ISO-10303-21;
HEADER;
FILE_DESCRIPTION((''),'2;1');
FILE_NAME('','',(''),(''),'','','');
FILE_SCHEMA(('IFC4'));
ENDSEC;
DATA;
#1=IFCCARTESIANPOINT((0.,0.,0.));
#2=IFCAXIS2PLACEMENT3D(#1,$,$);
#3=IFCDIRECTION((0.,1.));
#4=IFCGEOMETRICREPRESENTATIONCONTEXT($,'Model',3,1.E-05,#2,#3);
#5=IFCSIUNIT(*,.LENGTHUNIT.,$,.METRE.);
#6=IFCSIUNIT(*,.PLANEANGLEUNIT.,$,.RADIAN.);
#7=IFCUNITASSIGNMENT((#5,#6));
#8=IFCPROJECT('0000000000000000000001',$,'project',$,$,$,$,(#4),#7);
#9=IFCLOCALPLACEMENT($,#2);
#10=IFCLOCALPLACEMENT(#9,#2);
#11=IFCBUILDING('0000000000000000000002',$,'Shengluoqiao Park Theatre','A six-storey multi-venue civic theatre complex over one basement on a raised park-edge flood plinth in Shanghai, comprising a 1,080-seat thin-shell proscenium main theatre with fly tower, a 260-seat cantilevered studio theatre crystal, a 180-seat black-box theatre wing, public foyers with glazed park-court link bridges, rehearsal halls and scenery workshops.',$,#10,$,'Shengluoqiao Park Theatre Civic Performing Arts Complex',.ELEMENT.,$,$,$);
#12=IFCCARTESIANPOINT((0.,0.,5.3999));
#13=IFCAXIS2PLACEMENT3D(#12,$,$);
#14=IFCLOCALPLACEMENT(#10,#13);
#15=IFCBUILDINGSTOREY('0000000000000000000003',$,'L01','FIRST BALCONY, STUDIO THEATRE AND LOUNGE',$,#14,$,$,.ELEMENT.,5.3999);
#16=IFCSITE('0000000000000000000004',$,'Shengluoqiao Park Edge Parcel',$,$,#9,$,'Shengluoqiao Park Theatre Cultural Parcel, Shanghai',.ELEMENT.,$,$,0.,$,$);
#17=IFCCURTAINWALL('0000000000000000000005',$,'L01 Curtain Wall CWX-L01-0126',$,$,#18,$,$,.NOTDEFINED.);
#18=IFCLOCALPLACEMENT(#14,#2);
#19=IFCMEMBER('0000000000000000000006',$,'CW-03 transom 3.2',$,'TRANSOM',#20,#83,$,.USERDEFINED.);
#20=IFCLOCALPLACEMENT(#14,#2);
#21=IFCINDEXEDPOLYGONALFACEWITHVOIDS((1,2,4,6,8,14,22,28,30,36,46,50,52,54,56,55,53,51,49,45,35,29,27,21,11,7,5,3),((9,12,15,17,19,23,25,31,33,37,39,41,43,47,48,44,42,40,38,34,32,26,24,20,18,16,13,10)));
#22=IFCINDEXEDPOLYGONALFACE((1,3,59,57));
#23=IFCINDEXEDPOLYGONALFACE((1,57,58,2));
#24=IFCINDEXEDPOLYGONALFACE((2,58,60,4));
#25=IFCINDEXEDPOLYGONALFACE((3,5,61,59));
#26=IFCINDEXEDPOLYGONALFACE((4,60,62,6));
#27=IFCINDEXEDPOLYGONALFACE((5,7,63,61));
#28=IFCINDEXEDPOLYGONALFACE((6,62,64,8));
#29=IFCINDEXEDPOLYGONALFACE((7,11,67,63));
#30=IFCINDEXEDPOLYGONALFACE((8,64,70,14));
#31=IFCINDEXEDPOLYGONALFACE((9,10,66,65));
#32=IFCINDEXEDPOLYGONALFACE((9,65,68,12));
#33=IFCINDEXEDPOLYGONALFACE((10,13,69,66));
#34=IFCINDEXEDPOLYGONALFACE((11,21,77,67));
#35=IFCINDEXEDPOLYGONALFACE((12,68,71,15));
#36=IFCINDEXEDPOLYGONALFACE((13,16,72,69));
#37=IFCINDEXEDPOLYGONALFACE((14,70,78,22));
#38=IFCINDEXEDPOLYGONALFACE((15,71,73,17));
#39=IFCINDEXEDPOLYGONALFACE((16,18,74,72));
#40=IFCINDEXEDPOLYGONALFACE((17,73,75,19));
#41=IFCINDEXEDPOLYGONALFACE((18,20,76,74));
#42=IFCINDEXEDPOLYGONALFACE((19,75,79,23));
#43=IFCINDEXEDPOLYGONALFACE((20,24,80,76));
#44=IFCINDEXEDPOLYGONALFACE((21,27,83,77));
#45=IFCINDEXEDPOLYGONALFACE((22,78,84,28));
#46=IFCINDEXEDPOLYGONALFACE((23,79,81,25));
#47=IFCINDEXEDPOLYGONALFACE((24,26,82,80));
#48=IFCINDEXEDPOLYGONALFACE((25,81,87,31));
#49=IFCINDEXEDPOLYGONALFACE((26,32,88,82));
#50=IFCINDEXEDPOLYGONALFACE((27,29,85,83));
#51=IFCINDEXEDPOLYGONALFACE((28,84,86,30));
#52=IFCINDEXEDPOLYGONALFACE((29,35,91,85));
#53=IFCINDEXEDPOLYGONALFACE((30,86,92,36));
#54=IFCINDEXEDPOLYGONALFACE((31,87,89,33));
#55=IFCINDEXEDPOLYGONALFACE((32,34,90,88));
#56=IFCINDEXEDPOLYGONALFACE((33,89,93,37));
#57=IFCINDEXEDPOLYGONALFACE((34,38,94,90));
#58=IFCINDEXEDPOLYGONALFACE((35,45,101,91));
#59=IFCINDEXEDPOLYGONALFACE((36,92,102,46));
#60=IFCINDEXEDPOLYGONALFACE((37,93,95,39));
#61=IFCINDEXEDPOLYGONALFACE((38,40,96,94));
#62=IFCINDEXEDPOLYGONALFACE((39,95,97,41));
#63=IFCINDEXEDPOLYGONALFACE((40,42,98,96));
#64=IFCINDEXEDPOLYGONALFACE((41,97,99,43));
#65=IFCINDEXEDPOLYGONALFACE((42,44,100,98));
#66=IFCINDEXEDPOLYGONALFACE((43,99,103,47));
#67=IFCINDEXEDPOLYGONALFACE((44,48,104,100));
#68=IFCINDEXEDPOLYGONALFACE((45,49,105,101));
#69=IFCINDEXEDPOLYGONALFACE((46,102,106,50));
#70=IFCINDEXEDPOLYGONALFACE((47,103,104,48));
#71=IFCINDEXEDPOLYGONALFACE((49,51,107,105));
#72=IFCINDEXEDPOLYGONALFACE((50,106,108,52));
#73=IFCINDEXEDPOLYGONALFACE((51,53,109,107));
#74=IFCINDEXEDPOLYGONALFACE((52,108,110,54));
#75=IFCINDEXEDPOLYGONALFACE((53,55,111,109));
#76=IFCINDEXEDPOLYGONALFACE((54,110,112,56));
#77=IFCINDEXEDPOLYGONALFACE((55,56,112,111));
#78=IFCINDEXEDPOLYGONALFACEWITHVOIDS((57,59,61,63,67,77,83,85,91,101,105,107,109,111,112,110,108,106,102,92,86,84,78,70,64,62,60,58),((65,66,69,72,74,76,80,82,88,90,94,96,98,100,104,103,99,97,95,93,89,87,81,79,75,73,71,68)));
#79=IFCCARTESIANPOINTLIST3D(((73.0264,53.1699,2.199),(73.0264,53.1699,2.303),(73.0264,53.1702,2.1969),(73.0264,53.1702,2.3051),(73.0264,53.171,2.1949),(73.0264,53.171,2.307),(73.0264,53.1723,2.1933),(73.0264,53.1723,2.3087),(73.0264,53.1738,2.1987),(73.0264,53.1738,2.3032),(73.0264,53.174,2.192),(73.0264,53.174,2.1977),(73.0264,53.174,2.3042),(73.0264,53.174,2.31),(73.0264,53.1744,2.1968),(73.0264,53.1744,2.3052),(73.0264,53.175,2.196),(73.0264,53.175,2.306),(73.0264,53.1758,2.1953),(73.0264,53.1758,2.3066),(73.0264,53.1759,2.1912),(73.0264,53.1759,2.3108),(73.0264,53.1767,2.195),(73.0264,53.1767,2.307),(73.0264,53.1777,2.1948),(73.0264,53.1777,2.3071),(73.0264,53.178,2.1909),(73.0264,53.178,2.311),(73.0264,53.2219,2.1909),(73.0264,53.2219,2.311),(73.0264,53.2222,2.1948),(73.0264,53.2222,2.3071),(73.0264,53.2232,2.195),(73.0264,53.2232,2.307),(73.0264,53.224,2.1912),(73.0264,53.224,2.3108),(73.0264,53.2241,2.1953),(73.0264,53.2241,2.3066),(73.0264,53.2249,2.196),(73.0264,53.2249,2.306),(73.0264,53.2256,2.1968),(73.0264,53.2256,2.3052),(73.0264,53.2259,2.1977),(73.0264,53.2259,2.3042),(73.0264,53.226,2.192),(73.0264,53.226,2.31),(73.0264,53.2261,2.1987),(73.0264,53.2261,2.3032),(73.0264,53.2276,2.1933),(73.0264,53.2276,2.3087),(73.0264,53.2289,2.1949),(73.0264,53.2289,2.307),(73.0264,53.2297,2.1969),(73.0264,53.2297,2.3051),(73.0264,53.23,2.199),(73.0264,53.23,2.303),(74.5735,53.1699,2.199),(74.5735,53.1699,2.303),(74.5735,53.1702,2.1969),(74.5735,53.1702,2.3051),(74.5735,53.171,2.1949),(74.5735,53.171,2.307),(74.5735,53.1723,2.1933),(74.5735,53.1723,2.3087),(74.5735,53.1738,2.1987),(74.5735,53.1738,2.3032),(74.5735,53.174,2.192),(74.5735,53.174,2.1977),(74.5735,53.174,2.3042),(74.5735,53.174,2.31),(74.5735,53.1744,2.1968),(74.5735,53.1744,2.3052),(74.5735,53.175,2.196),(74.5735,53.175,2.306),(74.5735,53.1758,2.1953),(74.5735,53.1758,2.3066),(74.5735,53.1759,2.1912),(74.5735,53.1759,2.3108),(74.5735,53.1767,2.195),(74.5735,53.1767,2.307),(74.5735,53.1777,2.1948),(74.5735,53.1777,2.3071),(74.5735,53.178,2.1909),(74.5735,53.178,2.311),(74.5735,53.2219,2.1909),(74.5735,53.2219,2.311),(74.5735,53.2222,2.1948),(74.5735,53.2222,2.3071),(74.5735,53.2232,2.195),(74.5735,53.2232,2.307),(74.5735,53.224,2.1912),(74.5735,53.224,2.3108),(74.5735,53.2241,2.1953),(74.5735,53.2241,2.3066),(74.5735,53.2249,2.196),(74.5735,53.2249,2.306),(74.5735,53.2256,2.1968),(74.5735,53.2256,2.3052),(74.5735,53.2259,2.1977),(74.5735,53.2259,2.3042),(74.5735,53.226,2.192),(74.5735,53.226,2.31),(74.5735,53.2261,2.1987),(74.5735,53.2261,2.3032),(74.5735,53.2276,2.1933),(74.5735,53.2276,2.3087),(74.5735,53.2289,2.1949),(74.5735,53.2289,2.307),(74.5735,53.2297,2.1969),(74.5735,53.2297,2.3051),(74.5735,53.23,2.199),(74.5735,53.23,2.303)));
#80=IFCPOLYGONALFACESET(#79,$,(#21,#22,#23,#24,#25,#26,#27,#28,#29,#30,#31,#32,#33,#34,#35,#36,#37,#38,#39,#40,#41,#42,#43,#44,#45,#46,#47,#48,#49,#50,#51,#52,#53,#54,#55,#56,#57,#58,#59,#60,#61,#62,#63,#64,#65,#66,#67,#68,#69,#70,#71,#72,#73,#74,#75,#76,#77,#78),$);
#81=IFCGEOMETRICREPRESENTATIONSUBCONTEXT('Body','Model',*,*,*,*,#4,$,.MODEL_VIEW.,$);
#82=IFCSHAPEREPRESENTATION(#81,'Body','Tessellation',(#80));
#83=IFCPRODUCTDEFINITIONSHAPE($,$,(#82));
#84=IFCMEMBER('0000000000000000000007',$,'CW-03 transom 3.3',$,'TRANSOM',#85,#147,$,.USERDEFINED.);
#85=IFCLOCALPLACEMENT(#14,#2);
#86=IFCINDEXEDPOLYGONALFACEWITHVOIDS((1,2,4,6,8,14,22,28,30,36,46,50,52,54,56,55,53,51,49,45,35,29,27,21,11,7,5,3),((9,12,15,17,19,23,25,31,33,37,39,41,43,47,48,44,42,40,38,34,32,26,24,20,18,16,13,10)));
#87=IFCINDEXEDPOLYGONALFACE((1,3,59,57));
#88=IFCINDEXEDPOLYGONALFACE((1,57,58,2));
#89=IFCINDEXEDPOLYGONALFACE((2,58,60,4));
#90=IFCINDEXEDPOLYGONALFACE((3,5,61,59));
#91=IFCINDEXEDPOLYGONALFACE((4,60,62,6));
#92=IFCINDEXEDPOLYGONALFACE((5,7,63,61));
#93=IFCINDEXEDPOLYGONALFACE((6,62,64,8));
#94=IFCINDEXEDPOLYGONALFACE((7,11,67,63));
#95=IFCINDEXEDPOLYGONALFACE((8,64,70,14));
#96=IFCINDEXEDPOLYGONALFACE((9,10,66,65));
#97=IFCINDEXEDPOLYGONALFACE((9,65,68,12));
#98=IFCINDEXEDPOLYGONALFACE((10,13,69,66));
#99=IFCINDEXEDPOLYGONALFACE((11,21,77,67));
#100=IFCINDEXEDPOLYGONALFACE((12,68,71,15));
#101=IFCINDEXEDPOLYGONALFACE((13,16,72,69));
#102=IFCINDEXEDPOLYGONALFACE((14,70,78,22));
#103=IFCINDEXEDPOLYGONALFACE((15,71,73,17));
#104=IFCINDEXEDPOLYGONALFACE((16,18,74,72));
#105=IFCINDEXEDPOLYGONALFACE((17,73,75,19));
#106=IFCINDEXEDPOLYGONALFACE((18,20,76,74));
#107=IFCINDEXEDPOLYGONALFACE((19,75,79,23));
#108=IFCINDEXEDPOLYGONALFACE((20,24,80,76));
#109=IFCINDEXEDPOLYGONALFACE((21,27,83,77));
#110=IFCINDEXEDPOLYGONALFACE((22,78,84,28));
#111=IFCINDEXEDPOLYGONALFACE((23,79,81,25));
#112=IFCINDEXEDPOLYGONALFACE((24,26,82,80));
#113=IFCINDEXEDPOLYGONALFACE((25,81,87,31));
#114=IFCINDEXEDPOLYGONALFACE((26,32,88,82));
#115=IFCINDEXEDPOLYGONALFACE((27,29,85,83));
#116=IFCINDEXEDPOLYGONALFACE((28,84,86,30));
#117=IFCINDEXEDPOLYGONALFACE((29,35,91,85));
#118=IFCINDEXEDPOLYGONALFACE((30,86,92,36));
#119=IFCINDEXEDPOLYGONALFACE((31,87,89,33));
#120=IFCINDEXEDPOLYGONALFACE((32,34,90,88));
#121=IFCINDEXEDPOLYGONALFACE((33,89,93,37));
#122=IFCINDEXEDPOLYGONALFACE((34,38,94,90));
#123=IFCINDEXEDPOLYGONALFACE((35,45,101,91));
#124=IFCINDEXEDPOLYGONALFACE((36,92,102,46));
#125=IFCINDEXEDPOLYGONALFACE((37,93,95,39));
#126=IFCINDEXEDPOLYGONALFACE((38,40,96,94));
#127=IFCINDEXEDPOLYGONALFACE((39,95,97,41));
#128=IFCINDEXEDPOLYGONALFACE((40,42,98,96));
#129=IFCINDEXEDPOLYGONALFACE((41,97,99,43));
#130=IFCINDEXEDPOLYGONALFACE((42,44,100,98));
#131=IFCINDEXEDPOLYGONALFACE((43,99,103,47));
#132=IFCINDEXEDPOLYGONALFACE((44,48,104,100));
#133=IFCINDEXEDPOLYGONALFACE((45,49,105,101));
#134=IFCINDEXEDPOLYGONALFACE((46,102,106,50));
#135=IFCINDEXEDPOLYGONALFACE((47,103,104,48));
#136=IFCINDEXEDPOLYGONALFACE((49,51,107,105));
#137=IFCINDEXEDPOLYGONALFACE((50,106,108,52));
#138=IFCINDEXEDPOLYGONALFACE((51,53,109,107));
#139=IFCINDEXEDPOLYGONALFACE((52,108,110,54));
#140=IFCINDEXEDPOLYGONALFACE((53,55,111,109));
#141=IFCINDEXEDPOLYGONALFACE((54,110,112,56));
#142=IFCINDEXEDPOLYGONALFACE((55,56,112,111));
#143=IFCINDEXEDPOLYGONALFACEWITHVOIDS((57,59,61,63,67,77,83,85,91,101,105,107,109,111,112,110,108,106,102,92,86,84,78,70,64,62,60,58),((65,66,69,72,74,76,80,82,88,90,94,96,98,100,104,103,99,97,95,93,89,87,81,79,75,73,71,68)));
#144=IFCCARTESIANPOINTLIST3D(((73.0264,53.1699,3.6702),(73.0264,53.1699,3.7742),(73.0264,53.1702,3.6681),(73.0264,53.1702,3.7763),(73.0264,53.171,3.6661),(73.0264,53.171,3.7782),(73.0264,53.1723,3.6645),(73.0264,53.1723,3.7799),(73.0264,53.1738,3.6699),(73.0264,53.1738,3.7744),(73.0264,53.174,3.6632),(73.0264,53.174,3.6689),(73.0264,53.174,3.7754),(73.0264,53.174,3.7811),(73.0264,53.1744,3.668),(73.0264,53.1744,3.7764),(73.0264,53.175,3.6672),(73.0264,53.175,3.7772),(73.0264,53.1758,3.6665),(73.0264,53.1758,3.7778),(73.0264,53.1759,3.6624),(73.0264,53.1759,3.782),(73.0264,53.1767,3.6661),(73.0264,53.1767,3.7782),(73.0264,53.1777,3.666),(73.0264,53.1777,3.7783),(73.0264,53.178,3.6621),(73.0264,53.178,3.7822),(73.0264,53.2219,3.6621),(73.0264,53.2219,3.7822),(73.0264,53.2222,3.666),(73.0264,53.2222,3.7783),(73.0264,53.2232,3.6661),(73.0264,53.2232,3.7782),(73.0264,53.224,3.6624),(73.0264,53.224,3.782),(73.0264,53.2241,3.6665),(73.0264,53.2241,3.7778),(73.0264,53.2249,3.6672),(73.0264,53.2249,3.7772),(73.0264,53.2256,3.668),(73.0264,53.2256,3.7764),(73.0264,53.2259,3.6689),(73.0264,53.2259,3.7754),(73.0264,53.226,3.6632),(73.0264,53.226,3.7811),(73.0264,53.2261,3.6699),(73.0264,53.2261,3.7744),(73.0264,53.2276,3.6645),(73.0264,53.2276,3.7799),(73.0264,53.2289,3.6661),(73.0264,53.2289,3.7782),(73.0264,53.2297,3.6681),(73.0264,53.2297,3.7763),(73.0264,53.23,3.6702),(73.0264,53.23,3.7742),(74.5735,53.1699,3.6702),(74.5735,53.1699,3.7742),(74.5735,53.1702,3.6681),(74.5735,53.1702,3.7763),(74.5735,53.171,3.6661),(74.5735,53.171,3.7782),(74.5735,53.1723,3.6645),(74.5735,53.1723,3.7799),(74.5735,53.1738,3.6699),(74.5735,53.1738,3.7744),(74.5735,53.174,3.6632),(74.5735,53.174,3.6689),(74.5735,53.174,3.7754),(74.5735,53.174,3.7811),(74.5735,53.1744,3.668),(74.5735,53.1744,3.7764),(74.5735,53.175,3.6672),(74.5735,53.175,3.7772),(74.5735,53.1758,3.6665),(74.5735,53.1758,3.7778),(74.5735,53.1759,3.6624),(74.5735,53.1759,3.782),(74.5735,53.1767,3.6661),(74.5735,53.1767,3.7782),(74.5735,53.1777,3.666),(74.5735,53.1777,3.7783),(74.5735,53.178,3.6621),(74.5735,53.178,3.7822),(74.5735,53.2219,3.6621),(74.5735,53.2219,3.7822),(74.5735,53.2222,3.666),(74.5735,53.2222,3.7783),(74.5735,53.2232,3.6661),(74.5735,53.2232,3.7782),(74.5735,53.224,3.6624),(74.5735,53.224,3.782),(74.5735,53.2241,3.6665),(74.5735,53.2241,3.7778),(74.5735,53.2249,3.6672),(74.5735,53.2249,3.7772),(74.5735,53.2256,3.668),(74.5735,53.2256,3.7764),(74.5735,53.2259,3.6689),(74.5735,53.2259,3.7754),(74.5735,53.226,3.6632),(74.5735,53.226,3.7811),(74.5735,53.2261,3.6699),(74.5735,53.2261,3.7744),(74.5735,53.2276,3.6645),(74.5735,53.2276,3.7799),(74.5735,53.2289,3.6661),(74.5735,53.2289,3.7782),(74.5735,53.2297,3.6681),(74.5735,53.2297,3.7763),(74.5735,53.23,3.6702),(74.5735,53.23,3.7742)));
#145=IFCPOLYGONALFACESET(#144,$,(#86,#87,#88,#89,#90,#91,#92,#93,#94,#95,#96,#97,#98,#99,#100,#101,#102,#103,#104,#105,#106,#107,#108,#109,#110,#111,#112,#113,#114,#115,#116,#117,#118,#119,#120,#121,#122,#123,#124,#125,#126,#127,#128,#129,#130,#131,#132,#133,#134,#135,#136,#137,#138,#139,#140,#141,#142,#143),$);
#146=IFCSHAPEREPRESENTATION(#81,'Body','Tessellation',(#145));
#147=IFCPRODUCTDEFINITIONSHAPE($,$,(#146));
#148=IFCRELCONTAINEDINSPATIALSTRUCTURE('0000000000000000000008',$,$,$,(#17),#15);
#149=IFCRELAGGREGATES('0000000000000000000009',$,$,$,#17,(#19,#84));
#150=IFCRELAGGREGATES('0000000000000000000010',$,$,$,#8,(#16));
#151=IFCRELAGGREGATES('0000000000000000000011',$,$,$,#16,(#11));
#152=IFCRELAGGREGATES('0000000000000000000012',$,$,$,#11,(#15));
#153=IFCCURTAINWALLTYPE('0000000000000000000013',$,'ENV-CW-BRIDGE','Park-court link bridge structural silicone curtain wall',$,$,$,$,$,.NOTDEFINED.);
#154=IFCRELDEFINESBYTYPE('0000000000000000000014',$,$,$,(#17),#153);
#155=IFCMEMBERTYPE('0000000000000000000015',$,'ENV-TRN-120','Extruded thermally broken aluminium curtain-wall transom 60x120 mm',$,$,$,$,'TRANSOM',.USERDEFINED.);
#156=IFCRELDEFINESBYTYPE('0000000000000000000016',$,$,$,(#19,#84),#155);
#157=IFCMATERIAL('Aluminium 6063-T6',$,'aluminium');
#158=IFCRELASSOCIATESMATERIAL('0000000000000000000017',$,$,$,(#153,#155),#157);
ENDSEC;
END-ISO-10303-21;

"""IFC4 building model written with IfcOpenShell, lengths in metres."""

from ifc_helpers import new_model, si_unit, direction, frame, origin, origin_2d, place, context, subcontext, project, spatial, hollow_rectangle, extrude, material, material_profile, profile_set, type_object, element, aggregate, save


model = new_model("IFC4")

# Units and contexts
model_context = context("Model", 3, precision=1e-05, world=origin(), true_north=direction((0.0, 1.0)))
body_context = subcontext(model_context, "Body", "Model", "MODEL_VIEW")
ifc_project = project(units=[si_unit("LENGTHUNIT", "METRE"), si_unit("PLANEANGLEUNIT", "RADIAN")], contexts=[model_context])

# Site, building, storey
site_placement = place(None, origin())
site = spatial("IfcSite", under=ifc_project, at=site_placement, Name="Shengluoqiao Park Edge Parcel", LongName="Shengluoqiao Park Theatre Cultural Parcel, Shanghai", CompositionType="ELEMENT", RefElevation=0.0)
building_placement = place(site_placement, origin())
building = spatial("IfcBuilding", under=site, at=building_placement, Name="Shengluoqiao Park Theatre", Description="A six-storey multi-venue civic theatre complex over one basement on a raised park-edge flood plinth in Shanghai, comprising a 1,080-seat thin-shell proscenium main theatre with fly tower, a 260-seat cantilevered studio theatre crystal, a 180-seat black-box theatre wing, public foyers with glazed park-court link bridges, rehearsal halls and scenery workshops.", LongName="Shengluoqiao Park Theatre Civic Performing Arts Complex", CompositionType="ELEMENT")
storey_placement = place(building_placement, frame((0.0, 0.0, 5.3999)))
storey = spatial("IfcBuildingStorey", under=building, at=storey_placement, Name="L01", Description="FIRST BALCONY, STUDIO THEATRE AND LOUNGE", CompositionType="ELEMENT", Elevation=5.3999)

# Curtain wall
ifc_material_1 = material(Name="Aluminium 6063-T6", Category="aluminium")
curtain_wall_type = type_object("IfcCurtainWallType", Name="ENV-CW-BRIDGE", Description="Park-court link bridge structural silicone curtain wall", PredefinedType="NOTDEFINED", material=ifc_material_1)
curtain_wall_1_placement = place(storey_placement, origin())
curtain_wall_1 = element("IfcCurtainWall", 1, at=curtain_wall_1_placement, inside=storey, type_object=curtain_wall_type, Name="L01 Curtain Wall CWX-L01-0126", PredefinedType="NOTDEFINED")

# Members
ifc_material_profile_1 = material_profile(ifc_material_1, hollow_rectangle(XDim=0.0601, YDim=0.1201, WallThickness=0.0039, InnerFilletRadius=0.0039, OuterFilletRadius=0.0081, at=origin_2d()), Name="ALU TRANSOM 120x60x4")
ifc_profile_set_1 = profile_set([ifc_material_profile_1], Name="Aluminium 6063-T6")
member_type_1 = type_object("IfcMemberType", Name="ENV-TRN-120", Description="Extruded thermally broken aluminium curtain-wall transom 60x120 mm", ElementType="TRANSOM", PredefinedType="USERDEFINED", material=ifc_profile_set_1)
member_1_placement = place(storey_placement, frame((73.0264, 53.2, 2.251), z_axis=(1.0, 0.0, 0.0), x_axis=(0.0, 1.0, 0.0)))
member_1 = element("IfcMember", 2, at=member_1_placement, type_object=member_type_1, Name="CW-03 transom 3.2", ObjectType="TRANSOM", PredefinedType="USERDEFINED", context=body_context, shape_type="SweptSolid", body=[
    extrude(hollow_rectangle(XDim=0.0601, YDim=0.1201, WallThickness=0.0039, InnerFilletRadius=0.0039, OuterFilletRadius=0.0081, at=origin_2d()), origin(), (0.0, 0.0, 1.0), 1.5471),
])
member_2_placement = place(storey_placement, frame((73.0264, 53.2, 3.7222), z_axis=(1.0, 0.0, 0.0), x_axis=(0.0, 1.0, 0.0)))
member_2 = element("IfcMember", 3, at=member_2_placement, type_object=member_type_1, Name="CW-03 transom 3.3", ObjectType="TRANSOM", PredefinedType="USERDEFINED", context=body_context, shape_type="SweptSolid", body=[
    extrude(hollow_rectangle(XDim=0.0601, YDim=0.1201, WallThickness=0.0039, InnerFilletRadius=0.0039, OuterFilletRadius=0.0081, at=origin_2d()), origin(), (0.0, 0.0, 1.0), 1.5471),
])

aggregate(curtain_wall_1, [member_1, member_2])

save(model, "model.ifc")
